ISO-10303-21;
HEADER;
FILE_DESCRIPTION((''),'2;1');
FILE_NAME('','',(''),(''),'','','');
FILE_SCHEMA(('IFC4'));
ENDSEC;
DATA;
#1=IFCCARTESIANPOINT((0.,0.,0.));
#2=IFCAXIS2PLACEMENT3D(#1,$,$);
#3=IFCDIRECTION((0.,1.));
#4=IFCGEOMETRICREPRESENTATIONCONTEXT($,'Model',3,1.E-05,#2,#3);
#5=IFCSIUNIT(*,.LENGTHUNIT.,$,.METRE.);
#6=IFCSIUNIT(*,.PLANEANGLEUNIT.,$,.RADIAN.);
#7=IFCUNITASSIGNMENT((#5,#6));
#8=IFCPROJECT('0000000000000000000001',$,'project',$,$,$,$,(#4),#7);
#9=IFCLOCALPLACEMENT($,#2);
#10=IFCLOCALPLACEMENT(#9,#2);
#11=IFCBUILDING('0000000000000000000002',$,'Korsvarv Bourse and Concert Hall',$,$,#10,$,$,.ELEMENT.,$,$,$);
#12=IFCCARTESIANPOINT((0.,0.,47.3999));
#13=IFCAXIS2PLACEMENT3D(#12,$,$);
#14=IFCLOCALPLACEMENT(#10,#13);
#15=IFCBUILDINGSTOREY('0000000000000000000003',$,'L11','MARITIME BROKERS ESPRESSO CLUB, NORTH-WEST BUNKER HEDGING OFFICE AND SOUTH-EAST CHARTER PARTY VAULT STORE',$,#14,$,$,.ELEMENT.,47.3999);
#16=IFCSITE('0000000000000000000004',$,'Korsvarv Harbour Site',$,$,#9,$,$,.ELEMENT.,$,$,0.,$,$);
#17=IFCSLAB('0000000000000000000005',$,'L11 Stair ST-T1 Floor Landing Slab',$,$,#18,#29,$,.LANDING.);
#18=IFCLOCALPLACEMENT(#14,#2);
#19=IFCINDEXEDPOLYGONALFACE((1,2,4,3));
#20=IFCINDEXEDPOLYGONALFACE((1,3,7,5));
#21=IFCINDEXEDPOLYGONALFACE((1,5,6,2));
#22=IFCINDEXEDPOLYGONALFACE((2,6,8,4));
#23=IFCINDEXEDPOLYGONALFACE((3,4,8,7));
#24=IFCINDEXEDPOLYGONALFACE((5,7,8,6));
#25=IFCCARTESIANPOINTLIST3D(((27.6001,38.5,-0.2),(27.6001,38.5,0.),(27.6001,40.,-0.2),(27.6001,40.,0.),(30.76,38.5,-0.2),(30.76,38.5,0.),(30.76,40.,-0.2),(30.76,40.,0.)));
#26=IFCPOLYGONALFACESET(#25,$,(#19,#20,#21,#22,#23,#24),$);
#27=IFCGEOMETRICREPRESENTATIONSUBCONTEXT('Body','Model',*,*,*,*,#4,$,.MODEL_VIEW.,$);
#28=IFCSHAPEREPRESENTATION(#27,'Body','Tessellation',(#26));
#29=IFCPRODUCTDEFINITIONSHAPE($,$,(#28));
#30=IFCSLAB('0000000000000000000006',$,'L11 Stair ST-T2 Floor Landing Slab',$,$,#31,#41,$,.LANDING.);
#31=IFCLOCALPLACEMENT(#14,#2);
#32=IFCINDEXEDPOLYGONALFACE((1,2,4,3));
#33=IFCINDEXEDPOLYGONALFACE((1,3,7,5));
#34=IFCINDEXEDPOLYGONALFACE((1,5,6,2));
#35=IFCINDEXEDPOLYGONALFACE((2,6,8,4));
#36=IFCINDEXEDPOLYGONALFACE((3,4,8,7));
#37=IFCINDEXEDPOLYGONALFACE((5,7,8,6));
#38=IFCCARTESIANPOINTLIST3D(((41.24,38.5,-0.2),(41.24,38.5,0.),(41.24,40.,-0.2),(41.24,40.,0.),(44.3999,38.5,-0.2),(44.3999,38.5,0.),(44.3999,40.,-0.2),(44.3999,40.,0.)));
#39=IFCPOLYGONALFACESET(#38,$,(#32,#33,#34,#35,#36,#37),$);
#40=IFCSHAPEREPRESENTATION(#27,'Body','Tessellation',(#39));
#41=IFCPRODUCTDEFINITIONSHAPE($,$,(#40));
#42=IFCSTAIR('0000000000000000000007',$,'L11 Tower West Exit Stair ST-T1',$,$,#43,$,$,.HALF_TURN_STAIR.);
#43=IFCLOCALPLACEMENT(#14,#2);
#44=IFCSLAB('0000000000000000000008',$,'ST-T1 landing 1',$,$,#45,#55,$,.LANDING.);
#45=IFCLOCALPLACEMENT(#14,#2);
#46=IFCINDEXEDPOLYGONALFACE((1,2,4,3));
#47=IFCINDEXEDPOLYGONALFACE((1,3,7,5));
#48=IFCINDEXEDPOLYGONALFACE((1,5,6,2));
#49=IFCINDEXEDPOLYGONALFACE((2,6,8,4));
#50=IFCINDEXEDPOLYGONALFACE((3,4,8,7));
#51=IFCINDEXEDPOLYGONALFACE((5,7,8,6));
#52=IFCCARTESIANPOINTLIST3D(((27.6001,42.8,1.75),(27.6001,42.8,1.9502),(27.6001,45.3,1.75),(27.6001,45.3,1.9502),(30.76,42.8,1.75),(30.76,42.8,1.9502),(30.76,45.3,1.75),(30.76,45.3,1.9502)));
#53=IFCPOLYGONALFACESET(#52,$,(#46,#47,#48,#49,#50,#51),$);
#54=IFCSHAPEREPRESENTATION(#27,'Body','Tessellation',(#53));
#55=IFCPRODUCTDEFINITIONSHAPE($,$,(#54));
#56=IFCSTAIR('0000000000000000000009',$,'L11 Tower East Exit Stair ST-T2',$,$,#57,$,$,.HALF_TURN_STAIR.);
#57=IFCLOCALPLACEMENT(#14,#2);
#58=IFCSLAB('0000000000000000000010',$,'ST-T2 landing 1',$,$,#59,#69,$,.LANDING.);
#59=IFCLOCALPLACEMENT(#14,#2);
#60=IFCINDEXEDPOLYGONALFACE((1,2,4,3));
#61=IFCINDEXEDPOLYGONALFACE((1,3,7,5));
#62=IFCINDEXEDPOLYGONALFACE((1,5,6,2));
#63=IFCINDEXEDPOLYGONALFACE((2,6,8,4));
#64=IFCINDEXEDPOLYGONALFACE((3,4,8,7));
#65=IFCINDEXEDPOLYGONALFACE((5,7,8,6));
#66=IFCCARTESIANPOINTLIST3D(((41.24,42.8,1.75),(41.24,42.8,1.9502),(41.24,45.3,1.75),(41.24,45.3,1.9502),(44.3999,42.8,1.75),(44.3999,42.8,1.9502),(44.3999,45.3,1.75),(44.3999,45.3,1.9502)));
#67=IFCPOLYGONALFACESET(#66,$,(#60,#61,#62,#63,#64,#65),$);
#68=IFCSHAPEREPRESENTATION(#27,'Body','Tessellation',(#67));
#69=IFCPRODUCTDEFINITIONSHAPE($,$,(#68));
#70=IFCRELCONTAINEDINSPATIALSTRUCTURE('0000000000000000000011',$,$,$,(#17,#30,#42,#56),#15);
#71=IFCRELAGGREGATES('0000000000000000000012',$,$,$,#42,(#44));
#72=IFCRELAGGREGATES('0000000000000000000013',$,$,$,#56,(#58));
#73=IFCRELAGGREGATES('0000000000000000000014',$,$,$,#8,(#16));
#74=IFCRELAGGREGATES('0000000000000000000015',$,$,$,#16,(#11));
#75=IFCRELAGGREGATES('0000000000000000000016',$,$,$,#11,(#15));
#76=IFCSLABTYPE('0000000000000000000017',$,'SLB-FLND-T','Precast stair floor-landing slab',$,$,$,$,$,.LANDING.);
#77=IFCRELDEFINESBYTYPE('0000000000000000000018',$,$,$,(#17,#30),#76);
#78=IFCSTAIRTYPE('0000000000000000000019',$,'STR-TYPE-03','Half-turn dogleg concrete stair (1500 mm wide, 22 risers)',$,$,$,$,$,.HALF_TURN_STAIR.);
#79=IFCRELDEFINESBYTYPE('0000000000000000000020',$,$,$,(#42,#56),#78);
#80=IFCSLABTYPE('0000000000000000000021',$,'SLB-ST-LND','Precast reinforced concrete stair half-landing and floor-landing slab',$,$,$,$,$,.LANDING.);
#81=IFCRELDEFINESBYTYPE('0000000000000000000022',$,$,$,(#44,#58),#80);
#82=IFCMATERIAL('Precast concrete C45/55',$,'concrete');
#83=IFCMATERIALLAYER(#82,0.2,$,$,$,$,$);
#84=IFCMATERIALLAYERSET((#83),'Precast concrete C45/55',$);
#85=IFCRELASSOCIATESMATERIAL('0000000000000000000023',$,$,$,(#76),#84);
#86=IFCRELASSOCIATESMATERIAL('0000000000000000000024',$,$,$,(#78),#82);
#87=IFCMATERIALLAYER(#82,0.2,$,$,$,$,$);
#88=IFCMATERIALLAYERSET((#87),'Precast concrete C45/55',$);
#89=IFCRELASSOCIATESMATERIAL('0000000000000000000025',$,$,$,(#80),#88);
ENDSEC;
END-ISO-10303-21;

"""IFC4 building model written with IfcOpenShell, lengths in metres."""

from ifc_helpers import new_model, si_unit, direction, frame, origin, place, context, subcontext, project, spatial, polyline, outline, extrude, material, layer, layer_set, type_object, element, aggregate, save


model = new_model("IFC4")

# Units and contexts
model_context = context("Model", 3, precision=1e-05, world=origin(), true_north=direction((0.0, 1.0)))
body_context = subcontext(model_context, "Body", "Model", "MODEL_VIEW")
ifc_project = project(units=[si_unit("LENGTHUNIT", "METRE"), si_unit("PLANEANGLEUNIT", "RADIAN")], contexts=[model_context])

# Site, building, storey
site_placement = place(None, origin())
site = spatial("IfcSite", under=ifc_project, at=site_placement, Name="Korsvarv Harbour Site", CompositionType="ELEMENT", RefElevation=0.0)
building_placement = place(site_placement, origin())
building = spatial("IfcBuilding", under=site, at=building_placement, Name="Korsvarv Bourse and Concert Hall", CompositionType="ELEMENT")
storey_placement = place(building_placement, frame((0.0, 0.0, 47.3999)))
storey = spatial("IfcBuildingStorey", under=building, at=storey_placement, Name="L11", Description="MARITIME BROKERS ESPRESSO CLUB, NORTH-WEST BUNKER HEDGING OFFICE AND SOUTH-EAST CHARTER PARTY VAULT STORE", CompositionType="ELEMENT", Elevation=47.3999)

# Slabs
ifc_material_1 = material(Name="Precast concrete C45/55", Category="concrete")
ifc_layer_1 = layer(ifc_material_1, 0.2)
ifc_layer_set_1 = layer_set([ifc_layer_1], Name="Precast concrete C45/55")
slab_type_1 = type_object("IfcSlabType", Name="SLB-FLND-T", Description="Precast stair floor-landing slab", PredefinedType="LANDING", material=ifc_layer_set_1)
slab_1_placement = place(storey_placement, frame((0.0, 0.0, -0.2)))
element("IfcSlab", 1, at=slab_1_placement, inside=storey, type_object=slab_type_1, Name="L11 Stair ST-T1 Floor Landing Slab", PredefinedType="LANDING", context=body_context, shape_type="SweptSolid", body=[
    extrude(outline(polyline([(30.76, 38.5), (30.76, 40.0), (27.6001, 40.0), (27.6001, 38.5), (30.76, 38.5)])), origin(), (0.0, 0.0, 1.0), 0.2),
])
slab_2_placement = place(storey_placement, frame((0.0, 0.0, -0.2)))
element("IfcSlab", 2, at=slab_2_placement, inside=storey, type_object=slab_type_1, Name="L11 Stair ST-T2 Floor Landing Slab", PredefinedType="LANDING", context=body_context, shape_type="SweptSolid", body=[
    extrude(outline(polyline([(44.3999, 38.5), (44.3999, 40.0), (41.24, 40.0), (41.24, 38.5), (44.3999, 38.5)])), origin(), (0.0, 0.0, 1.0), 0.2),
])

# Stairs, slabs
stair_type = type_object("IfcStairType", Name="STR-TYPE-03", Description="Half-turn dogleg concrete stair (1500 mm wide, 22 risers)", PredefinedType="HALF_TURN_STAIR", material=ifc_material_1)
stair_1_placement = place(storey_placement, origin())
stair_1 = element("IfcStair", 3, at=stair_1_placement, inside=storey, type_object=stair_type, Name="L11 Tower West Exit Stair ST-T1", PredefinedType="HALF_TURN_STAIR")
ifc_layer_2 = layer(ifc_material_1, 0.2)
ifc_layer_set_2 = layer_set([ifc_layer_2], Name="Precast concrete C45/55")
slab_type_2 = type_object("IfcSlabType", Name="SLB-ST-LND", Description="Precast reinforced concrete stair half-landing and floor-landing slab", PredefinedType="LANDING", material=ifc_layer_set_2)
slab_3_placement = place(storey_placement, frame((0.0, 0.0, 1.75)))
slab_3 = element("IfcSlab", 4, at=slab_3_placement, type_object=slab_type_2, Name="ST-T1 landing 1", PredefinedType="LANDING", context=body_context, shape_type="SweptSolid", body=[
    extrude(outline(polyline([(30.76, 42.8), (30.76, 45.3), (27.6001, 45.3), (27.6001, 42.8), (30.76, 42.8)])), origin(), (0.0, 0.0, 1.0), 0.2002),
])
aggregate(stair_1, [slab_3])
stair_2_placement = place(storey_placement, origin())
stair_2 = element("IfcStair", 5, at=stair_2_placement, inside=storey, type_object=stair_type, Name="L11 Tower East Exit Stair ST-T2", PredefinedType="HALF_TURN_STAIR")
slab_4_placement = place(storey_placement, frame((0.0, 0.0, 1.75)))
slab_4 = element("IfcSlab", 6, at=slab_4_placement, type_object=slab_type_2, Name="ST-T2 landing 1", PredefinedType="LANDING", context=body_context, shape_type="SweptSolid", body=[
    extrude(outline(polyline([(44.3999, 42.8), (44.3999, 45.3), (41.24, 45.3), (41.24, 42.8), (44.3999, 42.8)])), origin(), (0.0, 0.0, 1.0), 0.2002),
])
aggregate(stair_2, [slab_4])

save(model, "model.ifc")
